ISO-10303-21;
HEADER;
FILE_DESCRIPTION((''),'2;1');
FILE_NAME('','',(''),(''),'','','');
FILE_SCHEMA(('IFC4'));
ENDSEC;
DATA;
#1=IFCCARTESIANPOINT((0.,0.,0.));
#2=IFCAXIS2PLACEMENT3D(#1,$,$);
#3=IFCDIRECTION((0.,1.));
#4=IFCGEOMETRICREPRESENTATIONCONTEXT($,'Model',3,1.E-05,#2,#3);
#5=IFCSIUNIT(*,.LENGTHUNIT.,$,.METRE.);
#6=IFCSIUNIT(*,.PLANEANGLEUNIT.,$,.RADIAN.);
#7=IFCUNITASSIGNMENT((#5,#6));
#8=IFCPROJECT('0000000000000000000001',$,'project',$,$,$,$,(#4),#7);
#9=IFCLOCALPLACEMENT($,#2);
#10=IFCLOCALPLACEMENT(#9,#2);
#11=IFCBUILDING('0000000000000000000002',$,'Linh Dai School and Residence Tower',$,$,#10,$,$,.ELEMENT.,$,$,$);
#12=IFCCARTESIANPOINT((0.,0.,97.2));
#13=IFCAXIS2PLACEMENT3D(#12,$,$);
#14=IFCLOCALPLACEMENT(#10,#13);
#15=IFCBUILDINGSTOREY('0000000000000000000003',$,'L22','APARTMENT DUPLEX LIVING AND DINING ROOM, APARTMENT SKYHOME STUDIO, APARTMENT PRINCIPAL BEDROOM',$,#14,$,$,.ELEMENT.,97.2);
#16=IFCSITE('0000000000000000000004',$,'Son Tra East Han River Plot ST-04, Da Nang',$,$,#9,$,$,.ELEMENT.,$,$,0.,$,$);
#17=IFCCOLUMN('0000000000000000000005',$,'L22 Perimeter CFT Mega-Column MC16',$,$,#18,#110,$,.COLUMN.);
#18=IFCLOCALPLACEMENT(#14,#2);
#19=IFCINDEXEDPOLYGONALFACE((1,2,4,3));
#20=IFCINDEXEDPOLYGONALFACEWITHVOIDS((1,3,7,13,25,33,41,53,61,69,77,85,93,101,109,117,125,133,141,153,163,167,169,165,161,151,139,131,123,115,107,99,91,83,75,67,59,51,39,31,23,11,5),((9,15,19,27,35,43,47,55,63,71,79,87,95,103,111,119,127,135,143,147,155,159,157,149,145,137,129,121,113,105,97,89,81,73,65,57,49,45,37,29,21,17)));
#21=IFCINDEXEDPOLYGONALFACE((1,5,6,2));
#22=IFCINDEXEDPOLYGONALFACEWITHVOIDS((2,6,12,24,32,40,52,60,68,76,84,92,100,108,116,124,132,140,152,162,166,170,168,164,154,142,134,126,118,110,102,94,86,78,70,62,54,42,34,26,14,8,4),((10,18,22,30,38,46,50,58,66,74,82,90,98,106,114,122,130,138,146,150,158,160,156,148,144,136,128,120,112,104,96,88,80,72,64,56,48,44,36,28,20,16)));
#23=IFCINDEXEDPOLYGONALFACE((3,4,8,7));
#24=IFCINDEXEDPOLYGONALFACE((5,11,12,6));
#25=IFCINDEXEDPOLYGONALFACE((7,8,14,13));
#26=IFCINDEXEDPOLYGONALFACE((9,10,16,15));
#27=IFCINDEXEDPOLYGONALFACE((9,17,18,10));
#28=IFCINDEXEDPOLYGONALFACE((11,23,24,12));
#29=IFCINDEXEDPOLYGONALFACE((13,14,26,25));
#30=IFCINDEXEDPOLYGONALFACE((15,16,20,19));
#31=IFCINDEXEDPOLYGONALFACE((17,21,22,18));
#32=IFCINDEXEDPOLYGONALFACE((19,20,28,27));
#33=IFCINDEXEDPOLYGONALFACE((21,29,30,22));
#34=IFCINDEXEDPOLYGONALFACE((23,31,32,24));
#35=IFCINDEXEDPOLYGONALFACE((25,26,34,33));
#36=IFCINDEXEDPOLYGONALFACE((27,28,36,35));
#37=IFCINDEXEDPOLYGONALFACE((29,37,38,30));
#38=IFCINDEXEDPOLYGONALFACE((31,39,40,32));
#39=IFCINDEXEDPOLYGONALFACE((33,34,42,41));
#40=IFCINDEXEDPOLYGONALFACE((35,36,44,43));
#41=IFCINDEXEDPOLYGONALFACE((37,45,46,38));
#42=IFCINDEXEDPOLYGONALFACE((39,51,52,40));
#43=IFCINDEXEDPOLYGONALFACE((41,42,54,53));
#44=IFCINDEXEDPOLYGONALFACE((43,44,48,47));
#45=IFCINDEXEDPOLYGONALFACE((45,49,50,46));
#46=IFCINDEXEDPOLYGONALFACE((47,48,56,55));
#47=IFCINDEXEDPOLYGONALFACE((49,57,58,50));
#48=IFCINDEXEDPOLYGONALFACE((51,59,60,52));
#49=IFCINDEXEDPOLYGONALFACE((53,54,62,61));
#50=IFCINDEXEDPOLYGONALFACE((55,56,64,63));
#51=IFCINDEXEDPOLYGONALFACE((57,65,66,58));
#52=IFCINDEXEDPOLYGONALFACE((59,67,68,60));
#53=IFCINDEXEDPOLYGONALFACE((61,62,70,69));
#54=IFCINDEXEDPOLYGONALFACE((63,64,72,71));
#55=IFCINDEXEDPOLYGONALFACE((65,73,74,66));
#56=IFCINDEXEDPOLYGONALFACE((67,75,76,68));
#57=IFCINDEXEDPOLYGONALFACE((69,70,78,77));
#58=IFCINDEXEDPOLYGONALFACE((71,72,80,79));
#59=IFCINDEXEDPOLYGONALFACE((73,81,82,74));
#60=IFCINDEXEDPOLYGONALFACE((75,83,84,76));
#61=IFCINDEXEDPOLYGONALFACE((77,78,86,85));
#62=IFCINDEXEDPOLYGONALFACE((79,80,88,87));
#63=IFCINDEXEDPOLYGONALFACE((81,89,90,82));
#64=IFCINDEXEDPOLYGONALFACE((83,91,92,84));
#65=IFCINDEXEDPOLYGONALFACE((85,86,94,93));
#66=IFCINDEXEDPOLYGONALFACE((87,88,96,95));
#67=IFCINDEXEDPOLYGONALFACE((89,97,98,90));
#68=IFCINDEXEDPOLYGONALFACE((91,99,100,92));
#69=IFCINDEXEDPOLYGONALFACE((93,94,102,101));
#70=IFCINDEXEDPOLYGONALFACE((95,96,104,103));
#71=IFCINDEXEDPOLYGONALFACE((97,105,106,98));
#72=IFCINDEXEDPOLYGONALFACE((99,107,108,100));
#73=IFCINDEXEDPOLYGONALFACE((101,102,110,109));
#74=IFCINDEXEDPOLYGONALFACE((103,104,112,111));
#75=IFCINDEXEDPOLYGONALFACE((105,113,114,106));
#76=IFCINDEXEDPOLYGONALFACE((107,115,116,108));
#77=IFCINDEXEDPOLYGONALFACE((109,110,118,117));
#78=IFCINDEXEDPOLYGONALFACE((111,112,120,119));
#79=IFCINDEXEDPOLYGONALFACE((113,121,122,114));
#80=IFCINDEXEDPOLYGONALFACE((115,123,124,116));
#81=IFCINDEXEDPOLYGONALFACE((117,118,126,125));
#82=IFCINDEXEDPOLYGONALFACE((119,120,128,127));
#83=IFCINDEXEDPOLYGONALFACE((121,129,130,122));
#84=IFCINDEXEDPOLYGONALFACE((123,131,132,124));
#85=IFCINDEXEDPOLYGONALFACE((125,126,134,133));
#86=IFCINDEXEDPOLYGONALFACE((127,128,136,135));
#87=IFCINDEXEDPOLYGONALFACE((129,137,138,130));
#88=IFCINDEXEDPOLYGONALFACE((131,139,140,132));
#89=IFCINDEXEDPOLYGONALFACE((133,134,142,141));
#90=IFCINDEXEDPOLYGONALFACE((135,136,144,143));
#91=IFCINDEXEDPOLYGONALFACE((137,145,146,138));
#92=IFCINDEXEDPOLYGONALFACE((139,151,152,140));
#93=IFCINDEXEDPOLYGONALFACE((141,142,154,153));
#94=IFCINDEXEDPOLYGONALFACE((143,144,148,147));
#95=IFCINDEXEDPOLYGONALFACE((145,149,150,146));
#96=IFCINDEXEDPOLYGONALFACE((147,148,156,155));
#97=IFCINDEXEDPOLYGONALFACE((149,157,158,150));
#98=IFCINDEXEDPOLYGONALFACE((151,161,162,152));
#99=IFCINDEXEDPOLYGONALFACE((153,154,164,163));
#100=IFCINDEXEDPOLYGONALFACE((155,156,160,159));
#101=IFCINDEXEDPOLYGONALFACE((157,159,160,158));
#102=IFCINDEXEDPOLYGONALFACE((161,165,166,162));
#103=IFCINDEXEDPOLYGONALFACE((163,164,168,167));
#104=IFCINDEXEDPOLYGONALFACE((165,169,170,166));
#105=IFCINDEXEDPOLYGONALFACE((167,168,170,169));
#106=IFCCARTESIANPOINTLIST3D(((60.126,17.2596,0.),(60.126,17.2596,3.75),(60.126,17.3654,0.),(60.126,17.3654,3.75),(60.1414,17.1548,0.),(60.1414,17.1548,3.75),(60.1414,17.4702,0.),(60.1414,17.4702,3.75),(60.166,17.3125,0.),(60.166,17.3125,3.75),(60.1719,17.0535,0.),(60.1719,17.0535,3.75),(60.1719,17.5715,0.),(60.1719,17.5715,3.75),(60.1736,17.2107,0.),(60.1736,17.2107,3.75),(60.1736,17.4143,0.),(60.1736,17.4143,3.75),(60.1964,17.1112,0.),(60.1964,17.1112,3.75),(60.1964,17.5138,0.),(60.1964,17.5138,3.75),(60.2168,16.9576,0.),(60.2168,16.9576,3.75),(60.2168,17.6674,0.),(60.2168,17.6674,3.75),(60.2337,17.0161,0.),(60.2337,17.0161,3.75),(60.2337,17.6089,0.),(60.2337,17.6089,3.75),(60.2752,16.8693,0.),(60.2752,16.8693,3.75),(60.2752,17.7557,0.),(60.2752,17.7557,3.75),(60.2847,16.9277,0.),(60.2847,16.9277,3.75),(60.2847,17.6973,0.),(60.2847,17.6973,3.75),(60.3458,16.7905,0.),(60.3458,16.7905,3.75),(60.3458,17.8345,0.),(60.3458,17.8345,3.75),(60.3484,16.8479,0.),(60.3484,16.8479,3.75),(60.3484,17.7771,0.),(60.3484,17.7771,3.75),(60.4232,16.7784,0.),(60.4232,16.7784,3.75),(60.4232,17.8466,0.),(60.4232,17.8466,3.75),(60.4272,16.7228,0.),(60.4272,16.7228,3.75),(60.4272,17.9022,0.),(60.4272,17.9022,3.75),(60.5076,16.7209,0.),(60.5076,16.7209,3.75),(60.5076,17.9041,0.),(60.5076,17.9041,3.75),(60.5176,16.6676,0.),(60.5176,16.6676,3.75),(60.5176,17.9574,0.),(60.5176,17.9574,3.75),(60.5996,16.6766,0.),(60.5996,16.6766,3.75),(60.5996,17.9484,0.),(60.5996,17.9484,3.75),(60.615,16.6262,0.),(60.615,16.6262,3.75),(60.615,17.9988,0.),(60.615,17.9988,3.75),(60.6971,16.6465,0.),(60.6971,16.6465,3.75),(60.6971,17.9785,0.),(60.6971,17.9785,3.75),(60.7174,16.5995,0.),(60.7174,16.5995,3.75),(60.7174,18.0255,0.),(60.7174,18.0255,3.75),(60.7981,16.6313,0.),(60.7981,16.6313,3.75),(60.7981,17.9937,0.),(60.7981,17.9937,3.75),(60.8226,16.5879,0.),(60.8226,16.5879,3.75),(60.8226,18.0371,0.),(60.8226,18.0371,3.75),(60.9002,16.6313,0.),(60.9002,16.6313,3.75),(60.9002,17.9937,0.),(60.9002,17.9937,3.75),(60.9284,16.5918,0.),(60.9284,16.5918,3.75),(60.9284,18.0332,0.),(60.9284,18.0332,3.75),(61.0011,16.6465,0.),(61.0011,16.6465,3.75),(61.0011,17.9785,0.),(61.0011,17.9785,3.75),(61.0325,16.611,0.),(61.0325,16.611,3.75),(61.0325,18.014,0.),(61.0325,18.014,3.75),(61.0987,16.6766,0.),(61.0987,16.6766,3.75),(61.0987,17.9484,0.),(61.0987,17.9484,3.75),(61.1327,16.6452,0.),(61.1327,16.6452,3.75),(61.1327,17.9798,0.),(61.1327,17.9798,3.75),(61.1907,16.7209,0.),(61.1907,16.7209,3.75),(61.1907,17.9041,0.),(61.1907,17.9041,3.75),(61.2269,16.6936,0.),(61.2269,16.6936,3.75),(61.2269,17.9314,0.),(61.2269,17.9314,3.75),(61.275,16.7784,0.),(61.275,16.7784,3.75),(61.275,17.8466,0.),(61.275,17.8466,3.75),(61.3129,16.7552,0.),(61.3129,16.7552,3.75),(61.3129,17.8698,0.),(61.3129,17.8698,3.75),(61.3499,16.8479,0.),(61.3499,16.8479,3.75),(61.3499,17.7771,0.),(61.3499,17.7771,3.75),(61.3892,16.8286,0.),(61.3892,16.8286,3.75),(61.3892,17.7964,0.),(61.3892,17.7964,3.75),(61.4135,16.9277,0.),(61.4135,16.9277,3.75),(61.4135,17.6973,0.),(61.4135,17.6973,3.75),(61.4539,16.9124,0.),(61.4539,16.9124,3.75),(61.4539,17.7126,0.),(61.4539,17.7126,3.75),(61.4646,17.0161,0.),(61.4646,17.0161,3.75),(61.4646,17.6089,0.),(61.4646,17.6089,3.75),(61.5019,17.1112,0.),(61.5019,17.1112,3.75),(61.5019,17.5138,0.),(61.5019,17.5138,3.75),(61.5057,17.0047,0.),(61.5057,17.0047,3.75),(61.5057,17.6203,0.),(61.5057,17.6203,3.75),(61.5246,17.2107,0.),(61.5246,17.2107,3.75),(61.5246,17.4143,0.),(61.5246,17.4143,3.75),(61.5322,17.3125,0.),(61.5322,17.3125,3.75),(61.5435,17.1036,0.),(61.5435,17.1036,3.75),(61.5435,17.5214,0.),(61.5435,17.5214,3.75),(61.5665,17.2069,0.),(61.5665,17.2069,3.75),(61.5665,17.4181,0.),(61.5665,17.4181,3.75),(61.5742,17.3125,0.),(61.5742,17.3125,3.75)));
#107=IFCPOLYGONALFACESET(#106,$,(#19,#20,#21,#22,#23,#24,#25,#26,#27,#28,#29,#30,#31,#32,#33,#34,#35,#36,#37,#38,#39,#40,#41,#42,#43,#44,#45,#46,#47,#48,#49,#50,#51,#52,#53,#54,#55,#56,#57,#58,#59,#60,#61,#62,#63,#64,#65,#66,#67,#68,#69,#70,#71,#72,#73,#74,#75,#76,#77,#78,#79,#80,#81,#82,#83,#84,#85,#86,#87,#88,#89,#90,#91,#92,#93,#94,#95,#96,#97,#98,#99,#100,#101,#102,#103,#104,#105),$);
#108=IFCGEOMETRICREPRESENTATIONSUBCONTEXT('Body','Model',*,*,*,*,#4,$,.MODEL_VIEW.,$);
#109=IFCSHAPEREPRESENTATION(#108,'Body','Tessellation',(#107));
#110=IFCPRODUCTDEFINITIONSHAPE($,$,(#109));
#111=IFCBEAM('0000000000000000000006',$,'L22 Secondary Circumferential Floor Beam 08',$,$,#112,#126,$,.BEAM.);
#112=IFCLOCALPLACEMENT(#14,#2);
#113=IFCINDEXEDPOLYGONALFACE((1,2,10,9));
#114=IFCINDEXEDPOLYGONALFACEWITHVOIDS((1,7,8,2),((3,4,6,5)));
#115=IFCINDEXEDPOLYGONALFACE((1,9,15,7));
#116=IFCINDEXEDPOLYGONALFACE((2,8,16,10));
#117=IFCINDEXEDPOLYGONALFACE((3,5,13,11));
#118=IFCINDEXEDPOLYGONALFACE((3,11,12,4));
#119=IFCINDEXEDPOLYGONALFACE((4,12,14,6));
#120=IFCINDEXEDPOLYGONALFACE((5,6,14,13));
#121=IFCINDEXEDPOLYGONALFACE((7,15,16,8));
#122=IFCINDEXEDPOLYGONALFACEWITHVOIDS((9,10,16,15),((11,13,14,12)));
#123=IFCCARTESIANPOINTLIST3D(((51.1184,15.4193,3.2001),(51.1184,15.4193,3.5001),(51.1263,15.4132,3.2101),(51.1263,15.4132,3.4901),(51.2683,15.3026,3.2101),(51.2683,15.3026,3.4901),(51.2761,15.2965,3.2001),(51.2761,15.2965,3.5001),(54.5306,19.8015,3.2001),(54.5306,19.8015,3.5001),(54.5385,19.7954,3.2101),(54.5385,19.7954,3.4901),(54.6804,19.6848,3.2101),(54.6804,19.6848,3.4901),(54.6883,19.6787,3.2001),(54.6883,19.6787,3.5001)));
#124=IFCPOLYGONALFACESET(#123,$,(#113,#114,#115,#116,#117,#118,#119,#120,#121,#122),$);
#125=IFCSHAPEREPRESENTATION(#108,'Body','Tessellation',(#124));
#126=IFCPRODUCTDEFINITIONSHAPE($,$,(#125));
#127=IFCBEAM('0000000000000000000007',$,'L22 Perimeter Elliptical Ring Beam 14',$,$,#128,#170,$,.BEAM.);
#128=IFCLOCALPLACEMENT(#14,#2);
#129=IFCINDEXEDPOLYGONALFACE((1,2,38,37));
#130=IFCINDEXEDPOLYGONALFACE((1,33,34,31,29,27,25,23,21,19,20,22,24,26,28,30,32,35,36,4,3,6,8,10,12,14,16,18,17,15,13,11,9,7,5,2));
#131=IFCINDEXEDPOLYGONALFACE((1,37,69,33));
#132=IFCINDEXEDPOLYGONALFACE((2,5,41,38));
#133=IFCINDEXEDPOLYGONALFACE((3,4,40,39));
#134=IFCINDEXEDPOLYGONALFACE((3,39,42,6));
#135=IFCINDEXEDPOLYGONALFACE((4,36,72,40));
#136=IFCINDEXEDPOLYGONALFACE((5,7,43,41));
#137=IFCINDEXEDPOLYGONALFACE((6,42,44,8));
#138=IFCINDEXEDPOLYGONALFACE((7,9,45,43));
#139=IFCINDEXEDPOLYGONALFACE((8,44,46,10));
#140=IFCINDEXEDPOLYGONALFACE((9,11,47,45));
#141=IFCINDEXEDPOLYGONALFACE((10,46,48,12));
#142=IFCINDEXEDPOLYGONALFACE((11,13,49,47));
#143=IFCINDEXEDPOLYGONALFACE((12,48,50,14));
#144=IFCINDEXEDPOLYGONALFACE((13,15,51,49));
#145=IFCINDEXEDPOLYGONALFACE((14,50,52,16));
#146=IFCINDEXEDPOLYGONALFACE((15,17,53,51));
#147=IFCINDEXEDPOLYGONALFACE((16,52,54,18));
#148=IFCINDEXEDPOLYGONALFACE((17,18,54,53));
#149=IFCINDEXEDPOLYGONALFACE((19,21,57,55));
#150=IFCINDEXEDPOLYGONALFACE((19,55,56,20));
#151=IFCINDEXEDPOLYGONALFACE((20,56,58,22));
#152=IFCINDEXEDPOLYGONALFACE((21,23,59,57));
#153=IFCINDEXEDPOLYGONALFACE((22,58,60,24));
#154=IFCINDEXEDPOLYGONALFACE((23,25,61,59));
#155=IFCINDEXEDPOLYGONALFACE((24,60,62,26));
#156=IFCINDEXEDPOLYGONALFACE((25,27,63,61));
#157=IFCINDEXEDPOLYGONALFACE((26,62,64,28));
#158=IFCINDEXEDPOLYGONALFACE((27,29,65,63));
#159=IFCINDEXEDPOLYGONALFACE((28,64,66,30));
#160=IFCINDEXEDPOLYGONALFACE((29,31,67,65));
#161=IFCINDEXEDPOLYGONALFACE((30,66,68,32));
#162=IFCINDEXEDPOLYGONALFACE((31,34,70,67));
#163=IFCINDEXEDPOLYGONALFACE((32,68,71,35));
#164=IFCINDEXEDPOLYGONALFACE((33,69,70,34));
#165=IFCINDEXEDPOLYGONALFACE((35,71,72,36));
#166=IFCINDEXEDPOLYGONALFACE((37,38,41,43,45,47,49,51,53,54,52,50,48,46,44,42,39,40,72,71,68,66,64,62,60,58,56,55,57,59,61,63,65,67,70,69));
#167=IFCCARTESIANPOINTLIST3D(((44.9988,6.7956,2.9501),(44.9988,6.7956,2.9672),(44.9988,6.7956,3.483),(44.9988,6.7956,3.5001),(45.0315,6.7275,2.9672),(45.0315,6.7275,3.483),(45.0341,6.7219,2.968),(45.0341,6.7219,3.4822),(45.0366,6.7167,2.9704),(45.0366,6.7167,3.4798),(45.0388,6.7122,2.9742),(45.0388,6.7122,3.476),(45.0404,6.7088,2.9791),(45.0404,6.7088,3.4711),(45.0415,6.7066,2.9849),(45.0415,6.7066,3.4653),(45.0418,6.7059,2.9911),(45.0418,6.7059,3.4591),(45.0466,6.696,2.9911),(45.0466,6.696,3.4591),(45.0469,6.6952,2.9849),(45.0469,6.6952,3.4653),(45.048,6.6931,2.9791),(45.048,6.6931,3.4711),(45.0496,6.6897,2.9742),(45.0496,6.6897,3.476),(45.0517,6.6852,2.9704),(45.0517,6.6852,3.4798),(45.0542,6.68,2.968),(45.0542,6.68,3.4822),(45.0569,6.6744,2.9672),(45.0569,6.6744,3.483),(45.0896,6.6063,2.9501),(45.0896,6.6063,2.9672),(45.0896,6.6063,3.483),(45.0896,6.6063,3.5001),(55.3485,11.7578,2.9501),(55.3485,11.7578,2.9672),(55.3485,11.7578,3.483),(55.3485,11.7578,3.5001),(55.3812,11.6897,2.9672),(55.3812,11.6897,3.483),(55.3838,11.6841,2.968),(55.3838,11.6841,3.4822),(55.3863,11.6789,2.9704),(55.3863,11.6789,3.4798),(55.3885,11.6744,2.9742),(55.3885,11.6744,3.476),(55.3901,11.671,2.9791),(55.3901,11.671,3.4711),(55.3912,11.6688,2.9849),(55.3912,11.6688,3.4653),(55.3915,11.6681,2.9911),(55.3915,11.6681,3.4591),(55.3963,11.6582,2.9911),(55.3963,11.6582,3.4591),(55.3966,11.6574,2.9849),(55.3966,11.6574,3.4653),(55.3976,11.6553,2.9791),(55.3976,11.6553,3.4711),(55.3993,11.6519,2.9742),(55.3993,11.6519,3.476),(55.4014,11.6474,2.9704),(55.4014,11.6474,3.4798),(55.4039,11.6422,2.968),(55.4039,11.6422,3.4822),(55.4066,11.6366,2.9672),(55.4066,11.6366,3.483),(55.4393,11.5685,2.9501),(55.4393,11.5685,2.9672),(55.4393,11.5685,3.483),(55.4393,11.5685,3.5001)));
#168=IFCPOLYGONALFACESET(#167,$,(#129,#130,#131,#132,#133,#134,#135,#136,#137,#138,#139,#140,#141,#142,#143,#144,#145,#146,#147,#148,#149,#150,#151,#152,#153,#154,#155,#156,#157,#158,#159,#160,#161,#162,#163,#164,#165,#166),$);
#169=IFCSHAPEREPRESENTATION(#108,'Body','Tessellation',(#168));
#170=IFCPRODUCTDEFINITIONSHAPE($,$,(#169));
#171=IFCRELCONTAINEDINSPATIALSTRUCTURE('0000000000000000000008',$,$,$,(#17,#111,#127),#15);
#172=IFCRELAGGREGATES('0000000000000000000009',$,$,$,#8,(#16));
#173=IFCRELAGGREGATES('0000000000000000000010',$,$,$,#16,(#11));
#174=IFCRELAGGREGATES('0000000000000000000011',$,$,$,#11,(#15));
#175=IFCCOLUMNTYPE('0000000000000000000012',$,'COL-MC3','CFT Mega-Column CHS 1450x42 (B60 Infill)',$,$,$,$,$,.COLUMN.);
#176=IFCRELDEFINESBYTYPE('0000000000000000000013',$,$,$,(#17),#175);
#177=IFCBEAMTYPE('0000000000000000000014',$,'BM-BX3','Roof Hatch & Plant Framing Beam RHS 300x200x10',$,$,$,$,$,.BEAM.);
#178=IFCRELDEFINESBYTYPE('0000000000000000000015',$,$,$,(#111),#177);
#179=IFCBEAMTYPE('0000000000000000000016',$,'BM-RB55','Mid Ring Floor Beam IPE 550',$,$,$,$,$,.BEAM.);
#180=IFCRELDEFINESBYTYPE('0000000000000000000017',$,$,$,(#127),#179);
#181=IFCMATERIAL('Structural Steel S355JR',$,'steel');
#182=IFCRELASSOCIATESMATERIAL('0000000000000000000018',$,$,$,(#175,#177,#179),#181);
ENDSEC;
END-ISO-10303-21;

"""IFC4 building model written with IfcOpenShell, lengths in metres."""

from ifc_helpers import new_model, si_unit, direction, frame, origin, origin_2d, place, context, subcontext, project, spatial, hollow_rectangle, hollow_circle, i_section, extrude, material, material_profile, profile_set, type_object, element, save


model = new_model("IFC4")

# Units and contexts
model_context = context("Model", 3, precision=1e-05, world=origin(), true_north=direction((0.0, 1.0)))
body_context = subcontext(model_context, "Body", "Model", "MODEL_VIEW")
ifc_project = project(units=[si_unit("LENGTHUNIT", "METRE"), si_unit("PLANEANGLEUNIT", "RADIAN")], contexts=[model_context])

# Site, building, storey
site_placement = place(None, origin())
site = spatial("IfcSite", under=ifc_project, at=site_placement, Name="Son Tra East Han River Plot ST-04, Da Nang", CompositionType="ELEMENT", RefElevation=0.0)
building_placement = place(site_placement, origin())
building = spatial("IfcBuilding", under=site, at=building_placement, Name="Linh Dai School and Residence Tower", CompositionType="ELEMENT")
storey_placement = place(building_placement, frame((0.0, 0.0, 97.2)))
storey = spatial("IfcBuildingStorey", under=building, at=storey_placement, Name="L22", Description="APARTMENT DUPLEX LIVING AND DINING ROOM, APARTMENT SKYHOME STUDIO, APARTMENT PRINCIPAL BEDROOM", CompositionType="ELEMENT", Elevation=97.2)

# Column
ifc_material_1 = material(Name="Structural Steel S355JR", Category="steel")
ifc_material_profile_1 = material_profile(ifc_material_1, hollow_circle(Radius=0.7251, WallThickness=0.042, at=origin_2d()), Name="CHS 1450x42")
ifc_profile_set_1 = profile_set([ifc_material_profile_1], Name="Structural Steel S355JR")
column_type = type_object("IfcColumnType", Name="COL-MC3", Description="CFT Mega-Column CHS 1450x42 (B60 Infill)", PredefinedType="COLUMN", material=ifc_profile_set_1)
for number, where, z_axis, x_axis, name in (
    (1, (60.8491, 17.3125, 0.0), (0.0, 0.0, 1.0), (1.0, 0.0, 0.0), "L22 Perimeter CFT Mega-Column MC16"),
):
    element("IfcColumn", number, at=place(storey_placement, frame(where, z_axis=z_axis, x_axis=x_axis)), inside=storey, type_object=column_type, Name=name, PredefinedType="COLUMN", context=body_context, shape_type="SweptSolid", body=[
        extrude(hollow_circle(Radius=0.7251, WallThickness=0.042, at=origin_2d()), origin(), (0.0, 0.0, 1.0), 3.75),
    ])

# Beams
ifc_material_profile_2 = material_profile(ifc_material_1, hollow_rectangle(XDim=0.2, YDim=0.3, WallThickness=0.01, at=origin_2d()), Name="RHS 300x200x10")
ifc_profile_set_2 = profile_set([ifc_material_profile_2], Name="Structural Steel S355JR")
beam_type_1 = type_object("IfcBeamType", Name="BM-BX3", Description="Roof Hatch & Plant Framing Beam RHS 300x200x10", PredefinedType="BEAM", material=ifc_profile_set_2)
beam_1_placement = place(storey_placement, frame((51.1973, 15.3579, 3.3501), z_axis=(0.61437, 0.789018, 0.0), x_axis=(-0.789018, 0.61437, 0.0)))
element("IfcBeam", 2, at=beam_1_placement, inside=storey, type_object=beam_type_1, Name="L22 Secondary Circumferential Floor Beam 08", PredefinedType="BEAM", context=body_context, shape_type="SweptSolid", body=[
    extrude(hollow_rectangle(XDim=0.2, YDim=0.3, WallThickness=0.01, at=origin_2d()), origin(), (0.0, 0.0, 1.0), 5.554),
])
ifc_material_profile_3 = material_profile(ifc_material_1, i_section(OverallWidth=0.21, OverallDepth=0.55, WebThickness=0.011, FlangeThickness=0.0171, FilletRadius=0.0239, at=origin_2d()), Name="IPE 550")
ifc_profile_set_3 = profile_set([ifc_material_profile_3], Name="Structural Steel S355JR")
beam_type_2 = type_object("IfcBeamType", Name="BM-RB55", Description="Mid Ring Floor Beam IPE 550", PredefinedType="BEAM", material=ifc_profile_set_3)
beam_2_placement = place(storey_placement, frame((45.0442, 6.7009, 3.2251), z_axis=(0.901715, 0.432331, 0.0), x_axis=(-0.432331, 0.901715, 0.0)))
element("IfcBeam", 3, at=beam_2_placement, inside=storey, type_object=beam_type_2, Name="L22 Perimeter Elliptical Ring Beam 14", PredefinedType="BEAM", context=body_context, shape_type="SweptSolid", body=[
    extrude(i_section(OverallWidth=0.21, OverallDepth=0.55, WebThickness=0.011, FlangeThickness=0.0171, FilletRadius=0.0239, at=origin_2d()), origin(), (0.0, 0.0, 1.0), 11.4778),
])

save(model, "model.ifc")
